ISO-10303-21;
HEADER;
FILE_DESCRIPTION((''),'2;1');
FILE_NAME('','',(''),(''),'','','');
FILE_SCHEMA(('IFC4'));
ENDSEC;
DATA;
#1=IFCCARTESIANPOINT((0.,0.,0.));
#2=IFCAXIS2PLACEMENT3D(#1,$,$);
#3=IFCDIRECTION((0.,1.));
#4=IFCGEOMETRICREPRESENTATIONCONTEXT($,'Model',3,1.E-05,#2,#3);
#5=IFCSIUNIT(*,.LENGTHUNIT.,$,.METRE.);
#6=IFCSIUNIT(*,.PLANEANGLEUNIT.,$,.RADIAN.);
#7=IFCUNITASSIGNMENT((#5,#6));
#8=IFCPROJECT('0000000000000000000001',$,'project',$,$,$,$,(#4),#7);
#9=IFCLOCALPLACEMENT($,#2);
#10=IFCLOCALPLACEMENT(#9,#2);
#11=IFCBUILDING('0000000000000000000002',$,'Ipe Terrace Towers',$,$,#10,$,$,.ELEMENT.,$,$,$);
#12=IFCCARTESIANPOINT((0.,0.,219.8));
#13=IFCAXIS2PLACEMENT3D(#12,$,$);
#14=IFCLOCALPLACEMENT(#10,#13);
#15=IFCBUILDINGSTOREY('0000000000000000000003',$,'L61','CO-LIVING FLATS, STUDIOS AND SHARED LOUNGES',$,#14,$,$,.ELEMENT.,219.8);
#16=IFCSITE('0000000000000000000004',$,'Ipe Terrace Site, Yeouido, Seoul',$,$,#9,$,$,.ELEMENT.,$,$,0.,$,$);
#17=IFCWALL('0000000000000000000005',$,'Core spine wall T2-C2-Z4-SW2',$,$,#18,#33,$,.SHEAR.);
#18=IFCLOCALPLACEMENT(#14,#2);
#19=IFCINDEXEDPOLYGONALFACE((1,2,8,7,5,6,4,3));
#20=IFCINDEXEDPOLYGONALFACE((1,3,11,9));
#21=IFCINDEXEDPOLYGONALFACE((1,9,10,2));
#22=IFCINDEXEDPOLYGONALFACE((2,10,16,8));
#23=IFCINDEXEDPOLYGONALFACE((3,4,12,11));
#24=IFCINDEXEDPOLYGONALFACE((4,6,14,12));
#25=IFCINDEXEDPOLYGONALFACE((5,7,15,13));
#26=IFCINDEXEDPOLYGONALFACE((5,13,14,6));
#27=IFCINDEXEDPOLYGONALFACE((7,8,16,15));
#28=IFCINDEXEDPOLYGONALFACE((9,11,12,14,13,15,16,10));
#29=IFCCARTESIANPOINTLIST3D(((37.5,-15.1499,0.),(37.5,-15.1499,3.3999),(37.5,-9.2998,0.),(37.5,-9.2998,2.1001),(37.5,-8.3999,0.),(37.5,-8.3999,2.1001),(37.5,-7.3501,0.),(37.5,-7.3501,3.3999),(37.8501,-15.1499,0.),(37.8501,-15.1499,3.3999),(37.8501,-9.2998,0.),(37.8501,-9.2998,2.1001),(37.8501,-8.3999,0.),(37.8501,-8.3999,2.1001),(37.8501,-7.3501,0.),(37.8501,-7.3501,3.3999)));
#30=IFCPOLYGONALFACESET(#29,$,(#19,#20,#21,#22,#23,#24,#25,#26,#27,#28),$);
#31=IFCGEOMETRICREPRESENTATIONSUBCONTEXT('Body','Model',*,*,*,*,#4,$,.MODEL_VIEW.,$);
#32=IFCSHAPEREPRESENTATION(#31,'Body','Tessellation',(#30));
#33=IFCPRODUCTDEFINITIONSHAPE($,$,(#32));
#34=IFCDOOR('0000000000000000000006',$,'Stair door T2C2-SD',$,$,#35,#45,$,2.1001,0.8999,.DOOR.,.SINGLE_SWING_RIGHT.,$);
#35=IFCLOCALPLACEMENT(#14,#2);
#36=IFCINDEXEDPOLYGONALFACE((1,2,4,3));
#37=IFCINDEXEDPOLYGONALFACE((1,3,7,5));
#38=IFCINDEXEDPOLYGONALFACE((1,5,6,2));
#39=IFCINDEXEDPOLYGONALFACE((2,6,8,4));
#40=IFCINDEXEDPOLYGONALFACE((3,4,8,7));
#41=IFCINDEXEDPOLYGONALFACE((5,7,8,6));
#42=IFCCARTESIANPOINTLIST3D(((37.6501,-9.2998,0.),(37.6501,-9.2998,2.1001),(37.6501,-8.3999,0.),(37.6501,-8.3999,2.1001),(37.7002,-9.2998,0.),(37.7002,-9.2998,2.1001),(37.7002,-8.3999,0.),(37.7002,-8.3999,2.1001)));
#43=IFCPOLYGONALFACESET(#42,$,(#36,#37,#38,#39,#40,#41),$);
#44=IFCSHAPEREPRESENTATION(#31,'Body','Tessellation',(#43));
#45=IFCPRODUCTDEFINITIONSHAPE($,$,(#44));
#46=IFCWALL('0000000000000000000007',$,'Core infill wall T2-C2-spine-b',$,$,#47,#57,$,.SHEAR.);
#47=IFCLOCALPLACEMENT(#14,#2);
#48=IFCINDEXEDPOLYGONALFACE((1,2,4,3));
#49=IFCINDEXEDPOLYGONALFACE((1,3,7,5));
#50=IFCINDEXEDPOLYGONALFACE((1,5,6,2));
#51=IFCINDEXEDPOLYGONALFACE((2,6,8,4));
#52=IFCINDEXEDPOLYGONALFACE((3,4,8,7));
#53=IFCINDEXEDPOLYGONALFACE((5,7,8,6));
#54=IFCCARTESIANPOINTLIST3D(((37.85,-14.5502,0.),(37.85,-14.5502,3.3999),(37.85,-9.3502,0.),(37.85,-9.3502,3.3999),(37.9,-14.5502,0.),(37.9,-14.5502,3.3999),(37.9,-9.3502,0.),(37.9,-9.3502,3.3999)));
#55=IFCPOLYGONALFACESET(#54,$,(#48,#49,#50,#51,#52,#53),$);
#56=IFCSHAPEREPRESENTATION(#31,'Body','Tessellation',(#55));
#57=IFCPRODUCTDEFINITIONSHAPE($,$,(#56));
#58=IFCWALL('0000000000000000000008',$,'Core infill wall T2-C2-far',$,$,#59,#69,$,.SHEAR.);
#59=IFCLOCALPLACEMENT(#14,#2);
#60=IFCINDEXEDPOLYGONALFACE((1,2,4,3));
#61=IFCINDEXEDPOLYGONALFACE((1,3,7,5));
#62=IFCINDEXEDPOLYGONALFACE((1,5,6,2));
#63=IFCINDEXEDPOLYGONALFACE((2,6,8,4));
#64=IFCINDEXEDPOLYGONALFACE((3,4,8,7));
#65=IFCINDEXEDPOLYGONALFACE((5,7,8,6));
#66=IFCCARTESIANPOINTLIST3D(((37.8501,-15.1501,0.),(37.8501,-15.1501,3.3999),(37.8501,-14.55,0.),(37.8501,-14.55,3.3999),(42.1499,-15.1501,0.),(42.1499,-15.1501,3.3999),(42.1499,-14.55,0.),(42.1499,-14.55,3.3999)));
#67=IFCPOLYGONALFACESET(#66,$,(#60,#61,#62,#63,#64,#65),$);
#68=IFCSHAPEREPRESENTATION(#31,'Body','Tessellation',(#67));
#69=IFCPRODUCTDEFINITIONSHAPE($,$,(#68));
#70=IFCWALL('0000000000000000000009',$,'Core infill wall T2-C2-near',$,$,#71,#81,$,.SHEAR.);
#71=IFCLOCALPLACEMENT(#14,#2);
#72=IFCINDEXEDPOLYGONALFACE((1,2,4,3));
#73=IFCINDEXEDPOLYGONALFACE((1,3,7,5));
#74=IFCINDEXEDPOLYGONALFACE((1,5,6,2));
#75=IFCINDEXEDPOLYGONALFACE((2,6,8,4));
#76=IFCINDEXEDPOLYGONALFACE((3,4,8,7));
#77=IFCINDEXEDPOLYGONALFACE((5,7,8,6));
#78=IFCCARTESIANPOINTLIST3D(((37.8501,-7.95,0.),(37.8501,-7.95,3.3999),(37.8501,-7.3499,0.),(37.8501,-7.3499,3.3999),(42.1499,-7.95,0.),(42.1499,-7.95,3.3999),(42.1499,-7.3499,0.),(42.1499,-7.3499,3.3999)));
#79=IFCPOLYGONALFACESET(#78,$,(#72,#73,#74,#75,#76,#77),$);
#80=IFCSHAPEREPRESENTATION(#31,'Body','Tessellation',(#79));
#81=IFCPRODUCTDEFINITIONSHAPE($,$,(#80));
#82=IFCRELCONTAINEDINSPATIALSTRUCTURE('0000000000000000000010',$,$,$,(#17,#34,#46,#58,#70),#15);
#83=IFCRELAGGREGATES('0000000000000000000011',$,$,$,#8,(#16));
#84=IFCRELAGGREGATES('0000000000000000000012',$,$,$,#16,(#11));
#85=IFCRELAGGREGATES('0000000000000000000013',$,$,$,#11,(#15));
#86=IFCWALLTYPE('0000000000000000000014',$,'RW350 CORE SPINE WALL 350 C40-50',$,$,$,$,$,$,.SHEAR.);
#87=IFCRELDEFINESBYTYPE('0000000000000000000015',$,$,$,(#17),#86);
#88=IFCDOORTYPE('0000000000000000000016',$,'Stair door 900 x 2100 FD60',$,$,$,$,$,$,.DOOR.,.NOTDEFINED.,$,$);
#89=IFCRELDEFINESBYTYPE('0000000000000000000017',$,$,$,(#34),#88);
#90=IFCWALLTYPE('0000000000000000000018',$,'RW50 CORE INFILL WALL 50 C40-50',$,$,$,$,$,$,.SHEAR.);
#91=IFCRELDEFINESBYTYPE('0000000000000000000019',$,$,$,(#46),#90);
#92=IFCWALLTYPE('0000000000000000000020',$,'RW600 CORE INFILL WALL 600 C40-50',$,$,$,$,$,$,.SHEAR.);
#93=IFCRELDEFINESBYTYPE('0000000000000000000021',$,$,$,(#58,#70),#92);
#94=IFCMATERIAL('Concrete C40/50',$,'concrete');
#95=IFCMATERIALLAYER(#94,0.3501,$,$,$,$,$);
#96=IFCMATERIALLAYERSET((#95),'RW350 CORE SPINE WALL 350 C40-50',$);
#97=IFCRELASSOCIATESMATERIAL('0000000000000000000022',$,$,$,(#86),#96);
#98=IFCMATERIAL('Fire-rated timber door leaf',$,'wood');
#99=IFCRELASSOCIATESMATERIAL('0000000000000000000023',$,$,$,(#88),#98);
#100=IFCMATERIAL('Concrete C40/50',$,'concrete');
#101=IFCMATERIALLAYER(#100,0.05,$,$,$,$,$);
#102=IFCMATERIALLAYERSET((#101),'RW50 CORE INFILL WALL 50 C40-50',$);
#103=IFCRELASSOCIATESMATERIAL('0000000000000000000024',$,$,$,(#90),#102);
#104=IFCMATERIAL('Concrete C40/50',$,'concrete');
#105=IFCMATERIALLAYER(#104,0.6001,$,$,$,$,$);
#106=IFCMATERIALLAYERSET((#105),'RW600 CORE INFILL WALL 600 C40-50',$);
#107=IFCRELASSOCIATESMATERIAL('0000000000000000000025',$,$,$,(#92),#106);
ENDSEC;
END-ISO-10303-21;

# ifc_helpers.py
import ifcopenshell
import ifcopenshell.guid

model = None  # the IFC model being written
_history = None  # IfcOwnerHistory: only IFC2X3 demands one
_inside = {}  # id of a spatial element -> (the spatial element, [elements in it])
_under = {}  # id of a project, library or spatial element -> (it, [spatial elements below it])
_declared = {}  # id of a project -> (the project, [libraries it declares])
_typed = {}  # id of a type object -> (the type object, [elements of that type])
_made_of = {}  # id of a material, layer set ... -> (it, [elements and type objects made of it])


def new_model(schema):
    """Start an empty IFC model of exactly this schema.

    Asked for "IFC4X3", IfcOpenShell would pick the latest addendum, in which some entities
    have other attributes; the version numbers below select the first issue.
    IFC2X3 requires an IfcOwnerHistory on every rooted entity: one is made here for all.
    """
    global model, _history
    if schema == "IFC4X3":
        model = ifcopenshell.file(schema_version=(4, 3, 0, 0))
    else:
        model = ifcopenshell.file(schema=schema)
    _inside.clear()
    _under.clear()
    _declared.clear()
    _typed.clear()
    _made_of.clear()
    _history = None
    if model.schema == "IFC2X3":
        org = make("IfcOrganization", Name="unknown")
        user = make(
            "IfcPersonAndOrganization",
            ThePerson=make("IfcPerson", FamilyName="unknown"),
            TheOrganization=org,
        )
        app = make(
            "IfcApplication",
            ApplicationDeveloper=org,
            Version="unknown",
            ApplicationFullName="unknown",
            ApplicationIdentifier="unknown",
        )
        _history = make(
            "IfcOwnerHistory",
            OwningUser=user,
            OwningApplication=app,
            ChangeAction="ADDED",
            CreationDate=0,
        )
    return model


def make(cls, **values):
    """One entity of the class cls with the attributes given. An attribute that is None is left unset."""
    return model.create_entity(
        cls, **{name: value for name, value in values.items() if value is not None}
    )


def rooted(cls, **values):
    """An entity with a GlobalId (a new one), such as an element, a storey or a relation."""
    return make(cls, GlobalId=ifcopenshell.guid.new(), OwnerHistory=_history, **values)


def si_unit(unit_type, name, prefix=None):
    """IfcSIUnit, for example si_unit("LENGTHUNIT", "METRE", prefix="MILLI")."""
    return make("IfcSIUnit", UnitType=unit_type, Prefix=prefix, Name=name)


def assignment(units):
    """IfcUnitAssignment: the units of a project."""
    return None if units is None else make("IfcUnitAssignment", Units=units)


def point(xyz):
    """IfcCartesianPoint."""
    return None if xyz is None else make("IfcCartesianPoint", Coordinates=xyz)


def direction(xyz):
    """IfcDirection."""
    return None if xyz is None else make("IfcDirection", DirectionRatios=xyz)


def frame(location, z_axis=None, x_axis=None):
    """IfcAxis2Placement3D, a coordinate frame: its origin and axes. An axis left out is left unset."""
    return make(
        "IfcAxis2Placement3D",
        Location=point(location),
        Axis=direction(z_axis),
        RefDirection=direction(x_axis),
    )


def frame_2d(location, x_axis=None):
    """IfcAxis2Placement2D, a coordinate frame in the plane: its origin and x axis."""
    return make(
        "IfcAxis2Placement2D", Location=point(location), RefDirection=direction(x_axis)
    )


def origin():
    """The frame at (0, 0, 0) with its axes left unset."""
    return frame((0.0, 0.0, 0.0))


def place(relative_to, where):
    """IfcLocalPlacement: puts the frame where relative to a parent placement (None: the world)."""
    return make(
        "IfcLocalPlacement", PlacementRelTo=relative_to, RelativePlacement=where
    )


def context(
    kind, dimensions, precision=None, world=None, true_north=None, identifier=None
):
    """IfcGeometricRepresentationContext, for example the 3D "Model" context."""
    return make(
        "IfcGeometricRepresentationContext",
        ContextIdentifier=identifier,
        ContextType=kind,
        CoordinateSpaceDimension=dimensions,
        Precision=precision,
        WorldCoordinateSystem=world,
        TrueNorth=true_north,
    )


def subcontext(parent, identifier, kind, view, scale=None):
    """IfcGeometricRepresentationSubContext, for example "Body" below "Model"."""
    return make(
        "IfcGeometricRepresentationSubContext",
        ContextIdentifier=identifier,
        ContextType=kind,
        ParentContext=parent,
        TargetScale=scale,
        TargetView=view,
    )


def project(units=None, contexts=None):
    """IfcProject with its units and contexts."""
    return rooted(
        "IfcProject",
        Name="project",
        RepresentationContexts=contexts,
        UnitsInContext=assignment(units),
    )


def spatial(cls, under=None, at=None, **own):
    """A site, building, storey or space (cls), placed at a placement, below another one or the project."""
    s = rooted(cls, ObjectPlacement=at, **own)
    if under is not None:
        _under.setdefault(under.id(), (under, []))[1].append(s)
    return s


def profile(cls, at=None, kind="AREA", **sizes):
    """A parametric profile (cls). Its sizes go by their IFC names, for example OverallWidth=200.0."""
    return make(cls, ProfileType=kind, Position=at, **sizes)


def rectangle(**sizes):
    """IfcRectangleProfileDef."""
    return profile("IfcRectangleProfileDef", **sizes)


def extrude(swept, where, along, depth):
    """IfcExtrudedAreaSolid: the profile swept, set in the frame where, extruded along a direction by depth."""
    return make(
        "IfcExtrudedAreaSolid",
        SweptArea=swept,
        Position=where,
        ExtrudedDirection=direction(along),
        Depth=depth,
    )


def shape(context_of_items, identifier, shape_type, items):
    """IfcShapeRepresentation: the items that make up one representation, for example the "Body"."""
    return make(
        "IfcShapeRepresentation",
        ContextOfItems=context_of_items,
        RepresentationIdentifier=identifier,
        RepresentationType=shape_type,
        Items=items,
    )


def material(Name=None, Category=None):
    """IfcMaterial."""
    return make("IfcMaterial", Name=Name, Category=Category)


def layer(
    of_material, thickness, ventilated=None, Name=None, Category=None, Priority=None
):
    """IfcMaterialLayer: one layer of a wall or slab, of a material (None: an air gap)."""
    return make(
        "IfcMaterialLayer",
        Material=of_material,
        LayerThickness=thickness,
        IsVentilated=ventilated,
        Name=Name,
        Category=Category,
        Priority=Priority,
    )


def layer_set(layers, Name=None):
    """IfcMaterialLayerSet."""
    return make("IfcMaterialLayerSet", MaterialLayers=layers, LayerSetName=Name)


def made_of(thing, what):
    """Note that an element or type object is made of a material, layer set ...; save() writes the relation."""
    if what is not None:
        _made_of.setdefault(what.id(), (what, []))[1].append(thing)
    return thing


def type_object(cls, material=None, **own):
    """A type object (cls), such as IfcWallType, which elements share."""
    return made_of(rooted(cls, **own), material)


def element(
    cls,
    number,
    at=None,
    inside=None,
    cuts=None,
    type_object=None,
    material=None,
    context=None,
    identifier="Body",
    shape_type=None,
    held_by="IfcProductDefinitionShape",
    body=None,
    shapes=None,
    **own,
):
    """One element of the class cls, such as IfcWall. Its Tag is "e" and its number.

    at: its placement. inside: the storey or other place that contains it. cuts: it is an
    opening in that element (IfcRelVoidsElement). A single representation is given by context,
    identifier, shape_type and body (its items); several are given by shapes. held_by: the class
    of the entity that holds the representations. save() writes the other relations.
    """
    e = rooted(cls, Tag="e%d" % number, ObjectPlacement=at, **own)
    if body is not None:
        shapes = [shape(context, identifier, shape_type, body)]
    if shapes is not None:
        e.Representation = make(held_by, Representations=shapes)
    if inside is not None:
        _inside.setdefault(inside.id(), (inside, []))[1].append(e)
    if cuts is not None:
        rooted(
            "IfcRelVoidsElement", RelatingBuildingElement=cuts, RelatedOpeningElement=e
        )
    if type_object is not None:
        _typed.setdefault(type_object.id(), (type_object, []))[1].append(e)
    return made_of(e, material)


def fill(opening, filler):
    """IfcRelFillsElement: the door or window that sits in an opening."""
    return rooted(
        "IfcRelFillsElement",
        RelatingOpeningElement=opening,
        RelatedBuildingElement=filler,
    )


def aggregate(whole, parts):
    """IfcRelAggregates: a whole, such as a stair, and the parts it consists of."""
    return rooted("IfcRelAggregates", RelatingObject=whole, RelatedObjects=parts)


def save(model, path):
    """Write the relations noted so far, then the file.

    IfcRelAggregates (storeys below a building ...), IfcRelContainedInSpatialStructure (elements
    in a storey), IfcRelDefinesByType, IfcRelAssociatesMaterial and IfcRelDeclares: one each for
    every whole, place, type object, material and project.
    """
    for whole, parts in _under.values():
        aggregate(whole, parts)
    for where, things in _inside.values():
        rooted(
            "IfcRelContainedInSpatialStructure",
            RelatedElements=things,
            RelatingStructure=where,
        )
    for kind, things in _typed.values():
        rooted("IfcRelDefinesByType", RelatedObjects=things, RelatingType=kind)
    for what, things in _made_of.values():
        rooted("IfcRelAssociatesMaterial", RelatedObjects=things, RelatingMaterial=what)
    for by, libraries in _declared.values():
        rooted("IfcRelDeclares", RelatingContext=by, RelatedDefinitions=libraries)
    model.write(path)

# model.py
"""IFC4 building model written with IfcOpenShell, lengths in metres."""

from ifc_helpers import new_model, si_unit, direction, frame, frame_2d, origin, place, context, subcontext, project, spatial, rectangle, extrude, material, layer, layer_set, type_object, element, fill, save


model = new_model("IFC4")

# Units and contexts
model_context = context("Model", 3, precision=1e-05, world=origin(), true_north=direction((0.0, 1.0)))
body_context = subcontext(model_context, "Body", "Model", "MODEL_VIEW")
ifc_project = project(units=[si_unit("LENGTHUNIT", "METRE"), si_unit("PLANEANGLEUNIT", "RADIAN")], contexts=[model_context])

# Site, building, storey
site_placement = place(None, origin())
site = spatial("IfcSite", under=ifc_project, at=site_placement, Name="Ipe Terrace Site, Yeouido, Seoul", CompositionType="ELEMENT", RefElevation=0.0)
building_placement = place(site_placement, origin())
building = spatial("IfcBuilding", under=site, at=building_placement, Name="Ipe Terrace Towers", CompositionType="ELEMENT")
storey_placement = place(building_placement, frame((0.0, 0.0, 219.8)))
storey = spatial("IfcBuildingStorey", under=building, at=storey_placement, Name="L61", Description="CO-LIVING FLATS, STUDIOS AND SHARED LOUNGES", CompositionType="ELEMENT", Elevation=219.8)

# Shared definitions
ifc_material_1 = material(Name="Concrete C40/50", Category="concrete")
ifc_layer_1 = layer(ifc_material_1, 0.3501)
ifc_layer_set_1 = layer_set([ifc_layer_1], Name="RW350 CORE SPINE WALL 350 C40-50")
wall_type_1 = type_object("IfcWallType", Name="RW350 CORE SPINE WALL 350 C40-50", PredefinedType="SHEAR", material=ifc_layer_set_1)

# Wall, opening, door
wall_1_placement = place(storey_placement, frame((37.675, -15.1499, 0.0), z_axis=(0.0, 0.0, 1.0), x_axis=(0.0, 1.0, 0.0)))
wall_1 = element("IfcWall", 1, at=wall_1_placement, inside=storey, type_object=wall_type_1, Name="Core spine wall T2-C2-Z4-SW2", PredefinedType="SHEAR", context=body_context, shape_type="SweptSolid", body=[
    extrude(rectangle(XDim=7.7998, YDim=0.3501, at=frame_2d((3.8999, 0.0))), origin(), (0.0, 0.0, 1.0), 3.3999),
])
opening_1_placement = place(wall_1_placement, frame((5.8501, 0.0, 0.0)))
opening_1 = element("IfcOpeningElement", 2, at=opening_1_placement, cuts=wall_1, PredefinedType="OPENING", context=body_context, shape_type="SweptSolid", body=[
    extrude(rectangle(XDim=0.8999, YDim=2.1001, at=frame_2d((0.45, 1.05))), frame((0.0, 0.1851, 0.0), z_axis=(0.0, -1.0, 0.0), x_axis=(1.0, 0.0, 0.0)), (0.0, 0.0, 1.0), 0.3701),
])
ifc_material_2 = material(Name="Fire-rated timber door leaf", Category="wood")
door_type_1 = type_object("IfcDoorType", Name="Stair door 900 x 2100 FD60", OperationType="NOTDEFINED", PredefinedType="DOOR", material=ifc_material_2)
door_1_placement = place(opening_1_placement, origin())
door_1 = element("IfcDoor", 3, at=door_1_placement, inside=storey, type_object=door_type_1, Name="Stair door T2C2-SD", OperationType="SINGLE_SWING_RIGHT", OverallHeight=2.1001, OverallWidth=0.8999, PredefinedType="DOOR", context=body_context, shape_type="SweptSolid", body=[
    extrude(rectangle(XDim=0.8999, YDim=2.1001, at=frame_2d((0.45, 1.05))), frame((0.0, 0.0249, 0.0), z_axis=(0.0, -1.0, 0.0), x_axis=(1.0, 0.0, 0.0)), (0.0, 0.0, 1.0), 0.05),
])
fill(opening_1, door_1)

# Walls
ifc_material_3 = material(Name="Concrete C40/50", Category="concrete")
ifc_layer_2 = layer(ifc_material_3, 0.05)
ifc_layer_set_2 = layer_set([ifc_layer_2], Name="RW50 CORE INFILL WALL 50 C40-50")
wall_type_2 = type_object("IfcWallType", Name="RW50 CORE INFILL WALL 50 C40-50", PredefinedType="SHEAR", material=ifc_layer_set_2)
wall_2_placement = place(storey_placement, frame((37.875, -9.3501, 0.0), z_axis=(0.0, 0.0, 1.0), x_axis=(0.0, -1.0, 0.0)))
element("IfcWall", 4, at=wall_2_placement, inside=storey, type_object=wall_type_2, Name="Core infill wall T2-C2-spine-b", PredefinedType="SHEAR", context=body_context, shape_type="SweptSolid", body=[
    extrude(rectangle(XDim=5.2, YDim=0.05, at=frame_2d((2.6001, 0.0))), origin(), (0.0, 0.0, 1.0), 3.3999),
])
ifc_material_4 = material(Name="Concrete C40/50", Category="concrete")
ifc_layer_3 = layer(ifc_material_4, 0.6001)
ifc_layer_set_3 = layer_set([ifc_layer_3], Name="RW600 CORE INFILL WALL 600 C40-50")
wall_type_3 = type_object("IfcWallType", Name="RW600 CORE INFILL WALL 600 C40-50", PredefinedType="SHEAR", material=ifc_layer_set_3)
for number, where, z_axis, x_axis, name in (
    (5, (37.8501, -14.8501, 0.0), (0.0, 0.0, 1.0), (1.0, 0.0, 0.0), "Core infill wall T2-C2-far"),
    (6, (37.8501, -7.6499, 0.0), (0.0, 0.0, 1.0), (1.0, 0.0, 0.0), "Core infill wall T2-C2-near"),
):
    element("IfcWall", number, at=place(storey_placement, frame(where, z_axis=z_axis, x_axis=x_axis)), inside=storey, type_object=wall_type_3, Name=name, PredefinedType="SHEAR", context=body_context, shape_type="SweptSolid", body=[
        extrude(rectangle(XDim=4.2998, YDim=0.6001, at=frame_2d((2.1499, 0.0))), origin(), (0.0, 0.0, 1.0), 3.3999),
    ])

save(model, "model.ifc")
